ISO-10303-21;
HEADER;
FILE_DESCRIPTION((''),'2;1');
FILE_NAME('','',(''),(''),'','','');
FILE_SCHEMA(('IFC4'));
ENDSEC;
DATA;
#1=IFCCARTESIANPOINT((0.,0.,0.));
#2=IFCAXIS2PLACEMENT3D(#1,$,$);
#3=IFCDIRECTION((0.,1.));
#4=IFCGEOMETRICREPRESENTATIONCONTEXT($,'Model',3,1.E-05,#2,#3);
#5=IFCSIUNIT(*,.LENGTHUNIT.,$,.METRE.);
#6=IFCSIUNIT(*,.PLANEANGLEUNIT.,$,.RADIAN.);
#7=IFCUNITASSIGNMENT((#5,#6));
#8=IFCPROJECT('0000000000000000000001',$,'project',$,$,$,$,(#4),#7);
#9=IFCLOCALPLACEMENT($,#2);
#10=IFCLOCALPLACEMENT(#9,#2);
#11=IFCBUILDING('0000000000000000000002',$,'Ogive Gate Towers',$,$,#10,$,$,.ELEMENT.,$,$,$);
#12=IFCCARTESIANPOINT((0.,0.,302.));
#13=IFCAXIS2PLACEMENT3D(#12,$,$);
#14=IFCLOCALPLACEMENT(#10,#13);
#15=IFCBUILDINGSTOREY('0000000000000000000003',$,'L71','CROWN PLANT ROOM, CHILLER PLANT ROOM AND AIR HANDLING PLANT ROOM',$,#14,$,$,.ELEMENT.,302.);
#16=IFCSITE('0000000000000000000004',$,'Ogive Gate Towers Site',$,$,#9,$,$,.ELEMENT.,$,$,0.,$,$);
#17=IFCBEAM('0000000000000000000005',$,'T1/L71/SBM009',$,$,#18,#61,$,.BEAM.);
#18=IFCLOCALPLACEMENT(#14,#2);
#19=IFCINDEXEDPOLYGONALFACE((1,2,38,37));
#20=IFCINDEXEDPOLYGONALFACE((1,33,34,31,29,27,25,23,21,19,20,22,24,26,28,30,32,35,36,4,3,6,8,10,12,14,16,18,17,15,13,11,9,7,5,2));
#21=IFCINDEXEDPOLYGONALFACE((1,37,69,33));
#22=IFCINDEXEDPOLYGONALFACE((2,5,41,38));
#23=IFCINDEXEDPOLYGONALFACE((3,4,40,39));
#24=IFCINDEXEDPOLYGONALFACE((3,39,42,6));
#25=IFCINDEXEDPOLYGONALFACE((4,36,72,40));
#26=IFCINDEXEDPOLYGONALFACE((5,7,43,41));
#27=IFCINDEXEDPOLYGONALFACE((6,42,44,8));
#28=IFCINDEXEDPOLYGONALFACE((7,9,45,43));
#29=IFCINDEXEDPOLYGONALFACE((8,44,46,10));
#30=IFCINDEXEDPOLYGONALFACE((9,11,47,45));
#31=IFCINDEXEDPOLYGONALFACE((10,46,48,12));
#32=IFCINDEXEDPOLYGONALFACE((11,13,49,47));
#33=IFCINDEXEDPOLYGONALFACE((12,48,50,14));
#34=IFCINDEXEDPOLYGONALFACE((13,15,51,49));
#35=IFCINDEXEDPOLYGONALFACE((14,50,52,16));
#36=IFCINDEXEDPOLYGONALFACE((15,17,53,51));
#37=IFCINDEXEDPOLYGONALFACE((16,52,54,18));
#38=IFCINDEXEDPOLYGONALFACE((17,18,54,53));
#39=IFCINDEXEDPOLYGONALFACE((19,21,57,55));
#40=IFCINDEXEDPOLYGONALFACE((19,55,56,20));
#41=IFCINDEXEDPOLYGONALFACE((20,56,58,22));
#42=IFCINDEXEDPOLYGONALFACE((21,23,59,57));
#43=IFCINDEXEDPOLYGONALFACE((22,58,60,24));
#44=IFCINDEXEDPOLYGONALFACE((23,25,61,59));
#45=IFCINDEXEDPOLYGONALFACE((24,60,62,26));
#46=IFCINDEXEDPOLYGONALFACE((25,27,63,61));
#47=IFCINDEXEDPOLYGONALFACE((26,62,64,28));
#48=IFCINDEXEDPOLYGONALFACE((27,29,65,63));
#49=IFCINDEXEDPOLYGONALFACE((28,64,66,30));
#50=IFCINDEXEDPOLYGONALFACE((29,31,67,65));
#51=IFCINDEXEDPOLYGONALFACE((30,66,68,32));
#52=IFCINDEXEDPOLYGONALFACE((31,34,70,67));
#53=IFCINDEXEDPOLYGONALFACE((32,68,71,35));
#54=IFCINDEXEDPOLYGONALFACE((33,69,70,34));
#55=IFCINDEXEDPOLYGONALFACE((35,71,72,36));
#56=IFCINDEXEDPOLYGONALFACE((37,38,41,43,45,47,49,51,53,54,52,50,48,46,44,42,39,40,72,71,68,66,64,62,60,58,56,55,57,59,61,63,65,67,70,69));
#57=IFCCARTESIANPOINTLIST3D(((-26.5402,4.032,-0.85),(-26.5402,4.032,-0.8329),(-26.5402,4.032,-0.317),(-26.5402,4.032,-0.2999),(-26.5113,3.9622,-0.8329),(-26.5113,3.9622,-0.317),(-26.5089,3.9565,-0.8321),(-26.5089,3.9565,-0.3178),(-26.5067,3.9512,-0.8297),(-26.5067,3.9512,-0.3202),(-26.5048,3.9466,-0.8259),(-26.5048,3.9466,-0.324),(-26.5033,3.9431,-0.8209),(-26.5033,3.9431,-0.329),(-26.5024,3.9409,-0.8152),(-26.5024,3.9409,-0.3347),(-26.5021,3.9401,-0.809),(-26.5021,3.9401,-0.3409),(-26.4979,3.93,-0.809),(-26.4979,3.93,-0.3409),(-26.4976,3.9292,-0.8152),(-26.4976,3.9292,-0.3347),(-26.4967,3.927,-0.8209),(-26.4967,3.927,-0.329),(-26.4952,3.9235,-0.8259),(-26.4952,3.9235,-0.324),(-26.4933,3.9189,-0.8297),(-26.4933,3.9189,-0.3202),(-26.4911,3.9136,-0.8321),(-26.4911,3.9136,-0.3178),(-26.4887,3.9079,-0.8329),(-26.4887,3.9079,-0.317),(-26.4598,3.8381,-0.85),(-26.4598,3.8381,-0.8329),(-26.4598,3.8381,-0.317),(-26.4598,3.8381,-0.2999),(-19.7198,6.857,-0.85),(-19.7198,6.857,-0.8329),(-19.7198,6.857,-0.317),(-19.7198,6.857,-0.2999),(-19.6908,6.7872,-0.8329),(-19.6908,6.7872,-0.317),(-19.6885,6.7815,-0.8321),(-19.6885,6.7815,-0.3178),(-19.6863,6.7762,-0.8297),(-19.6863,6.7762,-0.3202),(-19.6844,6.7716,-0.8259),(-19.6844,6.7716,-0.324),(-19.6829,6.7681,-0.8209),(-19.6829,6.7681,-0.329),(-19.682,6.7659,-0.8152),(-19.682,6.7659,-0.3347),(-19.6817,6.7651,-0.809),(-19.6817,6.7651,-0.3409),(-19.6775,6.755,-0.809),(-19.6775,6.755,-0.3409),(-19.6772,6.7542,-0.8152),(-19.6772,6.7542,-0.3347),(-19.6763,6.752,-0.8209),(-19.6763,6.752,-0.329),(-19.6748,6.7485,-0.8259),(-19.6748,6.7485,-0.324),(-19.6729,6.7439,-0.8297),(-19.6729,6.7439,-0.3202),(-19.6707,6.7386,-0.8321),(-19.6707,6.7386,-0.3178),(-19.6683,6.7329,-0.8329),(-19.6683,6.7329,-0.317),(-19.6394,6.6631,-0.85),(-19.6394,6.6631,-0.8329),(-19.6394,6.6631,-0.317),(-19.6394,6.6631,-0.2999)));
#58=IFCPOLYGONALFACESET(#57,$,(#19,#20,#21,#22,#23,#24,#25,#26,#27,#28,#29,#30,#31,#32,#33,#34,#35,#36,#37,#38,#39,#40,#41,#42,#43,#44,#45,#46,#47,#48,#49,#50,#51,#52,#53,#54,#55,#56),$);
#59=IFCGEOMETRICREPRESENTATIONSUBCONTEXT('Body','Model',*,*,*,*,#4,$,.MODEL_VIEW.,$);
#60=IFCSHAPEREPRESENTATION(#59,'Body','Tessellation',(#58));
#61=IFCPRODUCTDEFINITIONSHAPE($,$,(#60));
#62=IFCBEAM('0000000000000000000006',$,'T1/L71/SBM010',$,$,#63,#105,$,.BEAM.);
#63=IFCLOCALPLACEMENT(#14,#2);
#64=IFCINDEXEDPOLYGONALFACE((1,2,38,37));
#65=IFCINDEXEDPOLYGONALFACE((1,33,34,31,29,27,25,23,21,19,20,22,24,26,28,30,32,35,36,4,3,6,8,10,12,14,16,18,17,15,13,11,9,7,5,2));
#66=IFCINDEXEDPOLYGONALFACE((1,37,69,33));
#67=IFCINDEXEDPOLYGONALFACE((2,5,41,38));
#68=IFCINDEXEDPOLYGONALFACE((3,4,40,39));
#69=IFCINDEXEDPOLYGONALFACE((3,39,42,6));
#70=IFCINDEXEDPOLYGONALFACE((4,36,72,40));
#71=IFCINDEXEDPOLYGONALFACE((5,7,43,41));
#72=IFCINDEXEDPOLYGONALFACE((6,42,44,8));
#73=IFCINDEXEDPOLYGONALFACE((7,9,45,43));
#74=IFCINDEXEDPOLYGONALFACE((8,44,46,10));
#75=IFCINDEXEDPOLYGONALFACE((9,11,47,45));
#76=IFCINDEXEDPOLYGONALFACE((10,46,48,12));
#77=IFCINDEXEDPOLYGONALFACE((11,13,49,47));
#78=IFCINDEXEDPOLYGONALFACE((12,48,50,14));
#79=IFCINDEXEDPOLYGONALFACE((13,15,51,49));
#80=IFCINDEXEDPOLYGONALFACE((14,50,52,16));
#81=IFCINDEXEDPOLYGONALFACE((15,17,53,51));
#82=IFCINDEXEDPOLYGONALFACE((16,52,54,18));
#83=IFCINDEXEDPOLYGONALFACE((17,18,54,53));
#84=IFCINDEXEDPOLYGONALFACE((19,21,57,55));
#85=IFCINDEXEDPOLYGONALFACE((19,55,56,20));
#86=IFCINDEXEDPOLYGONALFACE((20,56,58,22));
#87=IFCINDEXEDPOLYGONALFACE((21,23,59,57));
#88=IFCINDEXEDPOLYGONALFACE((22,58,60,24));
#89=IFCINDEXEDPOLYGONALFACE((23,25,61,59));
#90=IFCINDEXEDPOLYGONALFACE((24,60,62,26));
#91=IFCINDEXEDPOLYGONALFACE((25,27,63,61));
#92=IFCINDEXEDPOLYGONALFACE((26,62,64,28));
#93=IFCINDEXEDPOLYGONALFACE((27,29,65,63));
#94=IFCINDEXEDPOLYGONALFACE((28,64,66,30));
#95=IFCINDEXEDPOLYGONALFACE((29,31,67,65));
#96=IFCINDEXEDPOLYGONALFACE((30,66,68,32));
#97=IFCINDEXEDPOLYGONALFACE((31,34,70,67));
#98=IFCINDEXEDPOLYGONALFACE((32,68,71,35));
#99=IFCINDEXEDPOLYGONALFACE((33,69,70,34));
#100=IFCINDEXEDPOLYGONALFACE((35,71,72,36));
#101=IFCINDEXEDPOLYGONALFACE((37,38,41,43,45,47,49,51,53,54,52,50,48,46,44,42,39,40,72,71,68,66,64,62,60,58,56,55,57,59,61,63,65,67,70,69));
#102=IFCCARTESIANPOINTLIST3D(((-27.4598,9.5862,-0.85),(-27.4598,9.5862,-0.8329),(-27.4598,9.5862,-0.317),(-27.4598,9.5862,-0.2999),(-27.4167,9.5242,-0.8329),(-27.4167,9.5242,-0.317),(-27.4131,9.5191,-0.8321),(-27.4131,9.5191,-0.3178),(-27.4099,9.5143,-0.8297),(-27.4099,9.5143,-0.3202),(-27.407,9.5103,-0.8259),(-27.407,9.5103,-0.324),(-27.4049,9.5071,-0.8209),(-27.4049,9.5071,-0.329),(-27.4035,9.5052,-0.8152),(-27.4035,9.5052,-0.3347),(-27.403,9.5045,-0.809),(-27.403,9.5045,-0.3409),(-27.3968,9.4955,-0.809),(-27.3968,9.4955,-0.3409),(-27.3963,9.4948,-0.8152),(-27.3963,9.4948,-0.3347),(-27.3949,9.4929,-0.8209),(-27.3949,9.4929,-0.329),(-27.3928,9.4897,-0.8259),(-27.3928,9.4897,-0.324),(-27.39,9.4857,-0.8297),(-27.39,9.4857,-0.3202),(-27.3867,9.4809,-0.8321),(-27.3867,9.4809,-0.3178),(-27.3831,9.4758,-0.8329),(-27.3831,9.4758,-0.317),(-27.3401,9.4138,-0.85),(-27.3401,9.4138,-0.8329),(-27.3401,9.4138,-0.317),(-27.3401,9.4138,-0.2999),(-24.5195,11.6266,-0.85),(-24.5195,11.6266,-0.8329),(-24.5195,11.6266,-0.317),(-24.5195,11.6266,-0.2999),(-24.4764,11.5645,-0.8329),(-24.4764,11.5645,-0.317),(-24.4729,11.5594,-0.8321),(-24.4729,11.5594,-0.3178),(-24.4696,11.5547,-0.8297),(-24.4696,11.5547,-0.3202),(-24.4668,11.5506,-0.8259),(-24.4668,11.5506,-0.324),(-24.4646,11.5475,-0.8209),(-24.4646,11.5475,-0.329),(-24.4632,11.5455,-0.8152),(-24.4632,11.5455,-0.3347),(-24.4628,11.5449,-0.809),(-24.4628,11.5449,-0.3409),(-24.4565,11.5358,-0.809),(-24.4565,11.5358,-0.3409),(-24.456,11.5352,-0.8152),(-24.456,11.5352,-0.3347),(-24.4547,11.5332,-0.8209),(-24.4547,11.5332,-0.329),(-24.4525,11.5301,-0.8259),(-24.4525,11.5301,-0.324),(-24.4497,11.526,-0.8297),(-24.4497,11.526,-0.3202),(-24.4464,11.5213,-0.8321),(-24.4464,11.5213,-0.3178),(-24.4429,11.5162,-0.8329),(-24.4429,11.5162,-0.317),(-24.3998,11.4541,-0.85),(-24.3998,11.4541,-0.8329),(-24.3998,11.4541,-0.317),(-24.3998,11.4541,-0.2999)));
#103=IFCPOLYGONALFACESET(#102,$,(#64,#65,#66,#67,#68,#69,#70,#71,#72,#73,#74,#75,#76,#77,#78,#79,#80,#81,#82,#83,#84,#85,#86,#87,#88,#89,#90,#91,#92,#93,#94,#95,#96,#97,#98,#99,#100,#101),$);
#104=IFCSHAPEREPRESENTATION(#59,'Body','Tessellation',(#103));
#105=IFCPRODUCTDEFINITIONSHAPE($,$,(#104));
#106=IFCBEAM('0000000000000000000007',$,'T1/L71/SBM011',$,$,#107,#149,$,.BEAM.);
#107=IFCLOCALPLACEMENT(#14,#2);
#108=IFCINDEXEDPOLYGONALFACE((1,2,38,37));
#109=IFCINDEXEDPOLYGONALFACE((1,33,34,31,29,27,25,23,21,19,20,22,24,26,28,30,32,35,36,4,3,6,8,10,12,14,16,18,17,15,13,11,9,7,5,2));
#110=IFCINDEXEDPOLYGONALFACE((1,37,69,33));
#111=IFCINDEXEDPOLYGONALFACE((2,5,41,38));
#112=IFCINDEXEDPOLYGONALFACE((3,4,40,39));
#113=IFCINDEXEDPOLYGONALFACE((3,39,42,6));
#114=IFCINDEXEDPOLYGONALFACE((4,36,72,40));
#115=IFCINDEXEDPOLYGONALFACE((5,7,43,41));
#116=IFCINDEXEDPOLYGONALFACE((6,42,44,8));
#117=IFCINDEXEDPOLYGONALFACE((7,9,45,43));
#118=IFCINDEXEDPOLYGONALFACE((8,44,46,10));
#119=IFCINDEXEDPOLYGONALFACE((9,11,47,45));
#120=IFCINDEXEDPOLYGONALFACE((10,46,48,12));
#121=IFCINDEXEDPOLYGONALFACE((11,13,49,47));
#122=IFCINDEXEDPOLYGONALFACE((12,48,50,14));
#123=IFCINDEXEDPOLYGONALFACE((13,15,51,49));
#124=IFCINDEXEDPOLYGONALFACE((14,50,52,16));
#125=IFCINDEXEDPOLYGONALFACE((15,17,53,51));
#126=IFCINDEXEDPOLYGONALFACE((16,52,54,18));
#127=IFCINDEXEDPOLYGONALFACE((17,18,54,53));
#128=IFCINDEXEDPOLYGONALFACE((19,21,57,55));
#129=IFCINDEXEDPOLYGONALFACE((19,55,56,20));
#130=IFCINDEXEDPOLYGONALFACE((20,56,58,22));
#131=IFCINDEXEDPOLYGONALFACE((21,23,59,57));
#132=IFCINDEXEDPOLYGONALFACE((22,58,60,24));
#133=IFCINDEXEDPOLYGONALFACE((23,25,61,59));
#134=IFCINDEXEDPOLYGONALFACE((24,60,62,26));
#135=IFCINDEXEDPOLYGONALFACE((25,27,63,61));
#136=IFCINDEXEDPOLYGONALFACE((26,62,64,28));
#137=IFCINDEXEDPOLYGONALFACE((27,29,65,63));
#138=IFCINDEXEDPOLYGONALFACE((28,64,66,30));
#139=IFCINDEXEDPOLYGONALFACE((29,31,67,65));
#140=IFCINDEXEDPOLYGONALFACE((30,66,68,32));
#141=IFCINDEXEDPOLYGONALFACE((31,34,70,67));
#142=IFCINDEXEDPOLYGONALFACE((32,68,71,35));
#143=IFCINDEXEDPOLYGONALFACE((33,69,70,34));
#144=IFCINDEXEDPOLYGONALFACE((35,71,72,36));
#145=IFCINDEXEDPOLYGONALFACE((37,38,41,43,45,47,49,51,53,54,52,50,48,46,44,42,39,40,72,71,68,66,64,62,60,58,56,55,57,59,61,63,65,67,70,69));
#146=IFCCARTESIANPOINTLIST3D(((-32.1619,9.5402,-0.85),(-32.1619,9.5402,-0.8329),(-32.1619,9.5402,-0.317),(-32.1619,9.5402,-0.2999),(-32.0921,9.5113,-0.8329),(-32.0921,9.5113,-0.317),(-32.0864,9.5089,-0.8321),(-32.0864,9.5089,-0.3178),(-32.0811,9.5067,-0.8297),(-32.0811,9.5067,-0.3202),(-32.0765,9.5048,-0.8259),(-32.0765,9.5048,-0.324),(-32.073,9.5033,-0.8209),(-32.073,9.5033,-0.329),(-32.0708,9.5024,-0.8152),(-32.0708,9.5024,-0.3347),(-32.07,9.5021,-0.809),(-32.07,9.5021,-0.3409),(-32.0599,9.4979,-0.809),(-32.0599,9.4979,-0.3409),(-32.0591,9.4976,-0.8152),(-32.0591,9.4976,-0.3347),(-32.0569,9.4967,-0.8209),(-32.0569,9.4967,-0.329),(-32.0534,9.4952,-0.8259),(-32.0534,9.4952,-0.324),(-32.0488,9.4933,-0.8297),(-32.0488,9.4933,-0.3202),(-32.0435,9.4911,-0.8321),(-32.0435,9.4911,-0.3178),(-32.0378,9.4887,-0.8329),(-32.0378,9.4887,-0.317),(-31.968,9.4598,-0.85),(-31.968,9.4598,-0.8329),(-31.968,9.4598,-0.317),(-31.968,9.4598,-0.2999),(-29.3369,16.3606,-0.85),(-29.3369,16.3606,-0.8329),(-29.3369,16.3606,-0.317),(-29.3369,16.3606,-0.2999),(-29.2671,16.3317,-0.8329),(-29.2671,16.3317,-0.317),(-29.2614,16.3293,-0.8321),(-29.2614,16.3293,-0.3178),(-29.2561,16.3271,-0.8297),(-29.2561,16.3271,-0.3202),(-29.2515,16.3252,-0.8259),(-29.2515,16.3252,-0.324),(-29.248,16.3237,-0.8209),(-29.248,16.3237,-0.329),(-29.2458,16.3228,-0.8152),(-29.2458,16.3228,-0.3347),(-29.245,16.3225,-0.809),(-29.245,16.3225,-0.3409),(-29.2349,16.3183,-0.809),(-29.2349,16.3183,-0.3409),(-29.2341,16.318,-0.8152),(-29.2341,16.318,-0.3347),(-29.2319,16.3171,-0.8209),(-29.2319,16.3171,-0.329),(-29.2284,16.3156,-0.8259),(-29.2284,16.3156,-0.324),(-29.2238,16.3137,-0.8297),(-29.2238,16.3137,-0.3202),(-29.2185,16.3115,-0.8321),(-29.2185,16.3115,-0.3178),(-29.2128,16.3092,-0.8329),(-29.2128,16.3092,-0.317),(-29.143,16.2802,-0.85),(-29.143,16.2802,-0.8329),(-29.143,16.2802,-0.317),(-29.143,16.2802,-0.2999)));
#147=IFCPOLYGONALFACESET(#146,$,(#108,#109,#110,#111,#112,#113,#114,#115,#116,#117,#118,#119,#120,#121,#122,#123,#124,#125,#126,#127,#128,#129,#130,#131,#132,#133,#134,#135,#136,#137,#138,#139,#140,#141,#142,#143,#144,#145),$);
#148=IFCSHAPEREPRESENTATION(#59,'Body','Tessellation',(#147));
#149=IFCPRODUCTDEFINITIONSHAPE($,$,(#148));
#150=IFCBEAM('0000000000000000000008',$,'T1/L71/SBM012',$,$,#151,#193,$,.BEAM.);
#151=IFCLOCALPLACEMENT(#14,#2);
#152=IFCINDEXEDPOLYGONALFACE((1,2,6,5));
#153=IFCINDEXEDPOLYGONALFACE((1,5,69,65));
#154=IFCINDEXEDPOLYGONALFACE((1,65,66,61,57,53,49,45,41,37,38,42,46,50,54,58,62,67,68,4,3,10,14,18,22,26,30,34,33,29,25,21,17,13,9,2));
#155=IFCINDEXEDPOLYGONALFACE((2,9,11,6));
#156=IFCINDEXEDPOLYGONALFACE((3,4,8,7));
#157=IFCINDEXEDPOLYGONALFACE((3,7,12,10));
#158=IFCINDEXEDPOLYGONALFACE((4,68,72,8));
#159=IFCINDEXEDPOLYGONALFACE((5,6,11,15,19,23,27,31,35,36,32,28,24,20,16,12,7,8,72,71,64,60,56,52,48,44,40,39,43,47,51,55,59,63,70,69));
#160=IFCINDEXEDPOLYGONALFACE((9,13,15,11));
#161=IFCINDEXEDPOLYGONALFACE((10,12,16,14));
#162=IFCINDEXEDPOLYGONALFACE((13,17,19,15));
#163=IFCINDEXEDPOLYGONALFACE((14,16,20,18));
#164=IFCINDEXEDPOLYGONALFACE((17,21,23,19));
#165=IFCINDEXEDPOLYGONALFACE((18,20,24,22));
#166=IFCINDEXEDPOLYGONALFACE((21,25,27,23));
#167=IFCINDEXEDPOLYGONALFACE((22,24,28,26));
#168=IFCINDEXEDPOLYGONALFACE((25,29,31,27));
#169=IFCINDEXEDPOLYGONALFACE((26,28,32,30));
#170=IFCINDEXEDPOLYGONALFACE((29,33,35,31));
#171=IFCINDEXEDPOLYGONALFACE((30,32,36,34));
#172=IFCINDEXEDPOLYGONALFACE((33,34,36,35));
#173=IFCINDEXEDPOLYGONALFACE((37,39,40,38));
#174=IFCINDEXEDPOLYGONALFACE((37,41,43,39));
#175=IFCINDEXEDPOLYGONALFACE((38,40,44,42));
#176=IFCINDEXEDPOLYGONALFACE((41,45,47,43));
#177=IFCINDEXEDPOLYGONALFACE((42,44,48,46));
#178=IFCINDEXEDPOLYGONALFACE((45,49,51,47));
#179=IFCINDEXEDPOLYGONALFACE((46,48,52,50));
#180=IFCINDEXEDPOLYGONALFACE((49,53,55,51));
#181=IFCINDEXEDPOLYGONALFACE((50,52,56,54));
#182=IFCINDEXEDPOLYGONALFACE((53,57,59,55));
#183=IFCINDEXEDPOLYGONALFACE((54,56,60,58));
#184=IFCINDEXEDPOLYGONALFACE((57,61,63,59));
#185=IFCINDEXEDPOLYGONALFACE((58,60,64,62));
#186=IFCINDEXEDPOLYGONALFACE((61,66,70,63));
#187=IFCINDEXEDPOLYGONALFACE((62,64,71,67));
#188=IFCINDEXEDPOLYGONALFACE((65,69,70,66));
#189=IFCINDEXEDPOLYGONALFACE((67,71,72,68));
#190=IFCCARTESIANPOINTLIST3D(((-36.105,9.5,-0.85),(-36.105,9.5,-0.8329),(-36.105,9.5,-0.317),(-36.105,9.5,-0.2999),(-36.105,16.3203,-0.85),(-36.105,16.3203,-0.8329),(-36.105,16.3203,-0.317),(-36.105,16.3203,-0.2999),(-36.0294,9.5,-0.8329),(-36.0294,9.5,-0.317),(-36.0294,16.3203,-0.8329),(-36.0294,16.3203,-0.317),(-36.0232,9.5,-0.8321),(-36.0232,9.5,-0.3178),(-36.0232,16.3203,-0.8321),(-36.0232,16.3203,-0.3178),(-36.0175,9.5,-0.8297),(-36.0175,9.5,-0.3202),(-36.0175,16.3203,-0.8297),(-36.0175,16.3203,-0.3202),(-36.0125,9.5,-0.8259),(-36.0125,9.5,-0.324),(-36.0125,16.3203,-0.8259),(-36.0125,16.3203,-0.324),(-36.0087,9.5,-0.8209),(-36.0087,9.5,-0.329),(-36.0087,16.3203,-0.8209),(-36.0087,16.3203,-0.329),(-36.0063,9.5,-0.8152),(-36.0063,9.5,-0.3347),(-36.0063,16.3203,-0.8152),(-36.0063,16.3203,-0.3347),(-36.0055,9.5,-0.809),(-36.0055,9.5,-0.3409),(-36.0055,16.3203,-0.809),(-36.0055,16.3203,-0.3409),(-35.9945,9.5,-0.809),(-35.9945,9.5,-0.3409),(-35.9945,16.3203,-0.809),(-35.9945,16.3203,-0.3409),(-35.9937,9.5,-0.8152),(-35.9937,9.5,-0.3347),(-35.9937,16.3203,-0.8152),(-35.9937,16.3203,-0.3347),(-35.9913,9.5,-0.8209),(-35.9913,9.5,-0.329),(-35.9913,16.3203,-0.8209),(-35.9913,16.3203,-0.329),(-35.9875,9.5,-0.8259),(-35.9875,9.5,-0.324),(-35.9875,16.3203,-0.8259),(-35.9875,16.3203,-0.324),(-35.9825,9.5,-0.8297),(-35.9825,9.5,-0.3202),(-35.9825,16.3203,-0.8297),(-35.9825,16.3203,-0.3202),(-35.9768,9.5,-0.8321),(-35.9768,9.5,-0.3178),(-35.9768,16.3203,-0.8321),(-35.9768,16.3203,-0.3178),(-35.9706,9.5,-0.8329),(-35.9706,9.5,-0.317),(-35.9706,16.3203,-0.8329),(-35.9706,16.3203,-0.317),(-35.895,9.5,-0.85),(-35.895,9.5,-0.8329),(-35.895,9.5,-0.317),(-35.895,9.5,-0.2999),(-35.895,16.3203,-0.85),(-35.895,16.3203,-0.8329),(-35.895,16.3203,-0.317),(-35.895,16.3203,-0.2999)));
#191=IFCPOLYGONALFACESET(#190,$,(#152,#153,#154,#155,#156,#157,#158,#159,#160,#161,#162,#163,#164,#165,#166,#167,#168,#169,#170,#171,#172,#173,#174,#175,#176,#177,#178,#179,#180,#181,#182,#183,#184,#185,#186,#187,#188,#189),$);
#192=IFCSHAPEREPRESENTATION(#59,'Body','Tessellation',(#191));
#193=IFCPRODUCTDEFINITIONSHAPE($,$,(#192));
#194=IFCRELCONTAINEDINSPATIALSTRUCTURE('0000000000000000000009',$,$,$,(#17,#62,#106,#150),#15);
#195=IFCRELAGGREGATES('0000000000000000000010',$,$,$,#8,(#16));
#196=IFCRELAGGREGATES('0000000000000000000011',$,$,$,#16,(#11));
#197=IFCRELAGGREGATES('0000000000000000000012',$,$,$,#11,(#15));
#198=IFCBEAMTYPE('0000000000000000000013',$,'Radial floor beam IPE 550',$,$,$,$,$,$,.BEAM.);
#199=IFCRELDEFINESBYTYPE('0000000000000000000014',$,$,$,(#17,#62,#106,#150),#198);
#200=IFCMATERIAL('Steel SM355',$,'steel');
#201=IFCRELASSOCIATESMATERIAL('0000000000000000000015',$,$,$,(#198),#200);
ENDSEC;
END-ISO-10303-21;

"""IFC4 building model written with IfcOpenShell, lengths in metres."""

from ifc_helpers import new_model, si_unit, direction, frame, origin, origin_2d, place, context, subcontext, project, spatial, i_section, extrude, material, material_profile, profile_set, type_object, element, save


model = new_model("IFC4")

# Units and contexts
model_context = context("Model", 3, precision=1e-05, world=origin(), true_north=direction((0.0, 1.0)))
body_context = subcontext(model_context, "Body", "Model", "MODEL_VIEW")
ifc_project = project(units=[si_unit("LENGTHUNIT", "METRE"), si_unit("PLANEANGLEUNIT", "RADIAN")], contexts=[model_context])

# Site, building, storey
site_placement = place(None, origin())
site = spatial("IfcSite", under=ifc_project, at=site_placement, Name="Ogive Gate Towers Site", CompositionType="ELEMENT", RefElevation=0.0)
building_placement = place(site_placement, origin())
building = spatial("IfcBuilding", under=site, at=building_placement, Name="Ogive Gate Towers", CompositionType="ELEMENT")
storey_placement = place(building_placement, frame((0.0, 0.0, 302.0)))
storey = spatial("IfcBuildingStorey", under=building, at=storey_placement, Name="L71", Description="CROWN PLANT ROOM, CHILLER PLANT ROOM AND AIR HANDLING PLANT ROOM", CompositionType="ELEMENT", Elevation=302.0)

# Beams
ifc_material_1 = material(Name="Steel SM355", Category="steel")
ifc_material_profile_1 = material_profile(ifc_material_1, i_section(OverallWidth=0.21, OverallDepth=0.55, WebThickness=0.011, FlangeThickness=0.0171, FilletRadius=0.0239, at=origin_2d()), Name="IPE 550")
ifc_profile_set_1 = profile_set([ifc_material_profile_1], Name="Steel SM355")
beam_type_1 = type_object("IfcBeamType", Name="Radial floor beam IPE 550", PredefinedType="BEAM", material=ifc_profile_set_1)
beam_1_placement = place(storey_placement, frame((-26.5, 3.9351, -0.575), z_axis=(0.923885, 0.38267, 0.0), x_axis=(-0.38267, 0.923885, 0.0)))
element("IfcBeam", 1, at=beam_1_placement, inside=storey, type_object=beam_type_1, Name="T1/L71/SBM009", PredefinedType="BEAM", context=body_context, shape_type="SweptSolid", body=[
    extrude(i_section(OverallWidth=0.21, OverallDepth=0.55, WebThickness=0.011, FlangeThickness=0.0171, FilletRadius=0.0239, at=origin_2d()), origin(), (0.0, 0.0, 1.0), 7.3823),
])
beam_2_placement = place(storey_placement, frame((-27.3999, 9.5, -0.575), z_axis=(0.821568, 0.570111, 0.0), x_axis=(-0.570111, 0.821568, 0.0)))
element("IfcBeam", 2, at=beam_2_placement, inside=storey, type_object=beam_type_1, Name="T1/L71/SBM010", PredefinedType="BEAM", context=body_context, shape_type="SweptSolid", body=[
    extrude(i_section(OverallWidth=0.21, OverallDepth=0.55, WebThickness=0.011, FlangeThickness=0.0171, FilletRadius=0.0239, at=origin_2d()), origin(), (0.0, 0.0, 1.0), 3.5789),
])
beam_3_placement = place(storey_placement, frame((-32.0649, 9.5, -0.575), z_axis=(0.38267, 0.923885, 0.0), x_axis=(-0.923885, 0.38267, 0.0)))
element("IfcBeam", 3, at=beam_3_placement, inside=storey, type_object=beam_type_1, Name="T1/L71/SBM011", PredefinedType="BEAM", context=body_context, shape_type="SweptSolid", body=[
    extrude(i_section(OverallWidth=0.21, OverallDepth=0.55, WebThickness=0.011, FlangeThickness=0.0171, FilletRadius=0.0239, at=origin_2d()), origin(), (0.0, 0.0, 1.0), 7.3823),
])
beam_4_placement = place(storey_placement, frame((-36.0, 9.5, -0.575), z_axis=(0.0, 1.0, 0.0), x_axis=(-1.0, 0.0, 0.0)))
element("IfcBeam", 4, at=beam_4_placement, inside=storey, type_object=beam_type_1, Name="T1/L71/SBM012", PredefinedType="BEAM", context=body_context, shape_type="SweptSolid", body=[
    extrude(i_section(OverallWidth=0.21, OverallDepth=0.55, WebThickness=0.011, FlangeThickness=0.0171, FilletRadius=0.0239, at=origin_2d()), origin(), (0.0, 0.0, 1.0), 6.8203),
])

save(model, "model.ifc")
